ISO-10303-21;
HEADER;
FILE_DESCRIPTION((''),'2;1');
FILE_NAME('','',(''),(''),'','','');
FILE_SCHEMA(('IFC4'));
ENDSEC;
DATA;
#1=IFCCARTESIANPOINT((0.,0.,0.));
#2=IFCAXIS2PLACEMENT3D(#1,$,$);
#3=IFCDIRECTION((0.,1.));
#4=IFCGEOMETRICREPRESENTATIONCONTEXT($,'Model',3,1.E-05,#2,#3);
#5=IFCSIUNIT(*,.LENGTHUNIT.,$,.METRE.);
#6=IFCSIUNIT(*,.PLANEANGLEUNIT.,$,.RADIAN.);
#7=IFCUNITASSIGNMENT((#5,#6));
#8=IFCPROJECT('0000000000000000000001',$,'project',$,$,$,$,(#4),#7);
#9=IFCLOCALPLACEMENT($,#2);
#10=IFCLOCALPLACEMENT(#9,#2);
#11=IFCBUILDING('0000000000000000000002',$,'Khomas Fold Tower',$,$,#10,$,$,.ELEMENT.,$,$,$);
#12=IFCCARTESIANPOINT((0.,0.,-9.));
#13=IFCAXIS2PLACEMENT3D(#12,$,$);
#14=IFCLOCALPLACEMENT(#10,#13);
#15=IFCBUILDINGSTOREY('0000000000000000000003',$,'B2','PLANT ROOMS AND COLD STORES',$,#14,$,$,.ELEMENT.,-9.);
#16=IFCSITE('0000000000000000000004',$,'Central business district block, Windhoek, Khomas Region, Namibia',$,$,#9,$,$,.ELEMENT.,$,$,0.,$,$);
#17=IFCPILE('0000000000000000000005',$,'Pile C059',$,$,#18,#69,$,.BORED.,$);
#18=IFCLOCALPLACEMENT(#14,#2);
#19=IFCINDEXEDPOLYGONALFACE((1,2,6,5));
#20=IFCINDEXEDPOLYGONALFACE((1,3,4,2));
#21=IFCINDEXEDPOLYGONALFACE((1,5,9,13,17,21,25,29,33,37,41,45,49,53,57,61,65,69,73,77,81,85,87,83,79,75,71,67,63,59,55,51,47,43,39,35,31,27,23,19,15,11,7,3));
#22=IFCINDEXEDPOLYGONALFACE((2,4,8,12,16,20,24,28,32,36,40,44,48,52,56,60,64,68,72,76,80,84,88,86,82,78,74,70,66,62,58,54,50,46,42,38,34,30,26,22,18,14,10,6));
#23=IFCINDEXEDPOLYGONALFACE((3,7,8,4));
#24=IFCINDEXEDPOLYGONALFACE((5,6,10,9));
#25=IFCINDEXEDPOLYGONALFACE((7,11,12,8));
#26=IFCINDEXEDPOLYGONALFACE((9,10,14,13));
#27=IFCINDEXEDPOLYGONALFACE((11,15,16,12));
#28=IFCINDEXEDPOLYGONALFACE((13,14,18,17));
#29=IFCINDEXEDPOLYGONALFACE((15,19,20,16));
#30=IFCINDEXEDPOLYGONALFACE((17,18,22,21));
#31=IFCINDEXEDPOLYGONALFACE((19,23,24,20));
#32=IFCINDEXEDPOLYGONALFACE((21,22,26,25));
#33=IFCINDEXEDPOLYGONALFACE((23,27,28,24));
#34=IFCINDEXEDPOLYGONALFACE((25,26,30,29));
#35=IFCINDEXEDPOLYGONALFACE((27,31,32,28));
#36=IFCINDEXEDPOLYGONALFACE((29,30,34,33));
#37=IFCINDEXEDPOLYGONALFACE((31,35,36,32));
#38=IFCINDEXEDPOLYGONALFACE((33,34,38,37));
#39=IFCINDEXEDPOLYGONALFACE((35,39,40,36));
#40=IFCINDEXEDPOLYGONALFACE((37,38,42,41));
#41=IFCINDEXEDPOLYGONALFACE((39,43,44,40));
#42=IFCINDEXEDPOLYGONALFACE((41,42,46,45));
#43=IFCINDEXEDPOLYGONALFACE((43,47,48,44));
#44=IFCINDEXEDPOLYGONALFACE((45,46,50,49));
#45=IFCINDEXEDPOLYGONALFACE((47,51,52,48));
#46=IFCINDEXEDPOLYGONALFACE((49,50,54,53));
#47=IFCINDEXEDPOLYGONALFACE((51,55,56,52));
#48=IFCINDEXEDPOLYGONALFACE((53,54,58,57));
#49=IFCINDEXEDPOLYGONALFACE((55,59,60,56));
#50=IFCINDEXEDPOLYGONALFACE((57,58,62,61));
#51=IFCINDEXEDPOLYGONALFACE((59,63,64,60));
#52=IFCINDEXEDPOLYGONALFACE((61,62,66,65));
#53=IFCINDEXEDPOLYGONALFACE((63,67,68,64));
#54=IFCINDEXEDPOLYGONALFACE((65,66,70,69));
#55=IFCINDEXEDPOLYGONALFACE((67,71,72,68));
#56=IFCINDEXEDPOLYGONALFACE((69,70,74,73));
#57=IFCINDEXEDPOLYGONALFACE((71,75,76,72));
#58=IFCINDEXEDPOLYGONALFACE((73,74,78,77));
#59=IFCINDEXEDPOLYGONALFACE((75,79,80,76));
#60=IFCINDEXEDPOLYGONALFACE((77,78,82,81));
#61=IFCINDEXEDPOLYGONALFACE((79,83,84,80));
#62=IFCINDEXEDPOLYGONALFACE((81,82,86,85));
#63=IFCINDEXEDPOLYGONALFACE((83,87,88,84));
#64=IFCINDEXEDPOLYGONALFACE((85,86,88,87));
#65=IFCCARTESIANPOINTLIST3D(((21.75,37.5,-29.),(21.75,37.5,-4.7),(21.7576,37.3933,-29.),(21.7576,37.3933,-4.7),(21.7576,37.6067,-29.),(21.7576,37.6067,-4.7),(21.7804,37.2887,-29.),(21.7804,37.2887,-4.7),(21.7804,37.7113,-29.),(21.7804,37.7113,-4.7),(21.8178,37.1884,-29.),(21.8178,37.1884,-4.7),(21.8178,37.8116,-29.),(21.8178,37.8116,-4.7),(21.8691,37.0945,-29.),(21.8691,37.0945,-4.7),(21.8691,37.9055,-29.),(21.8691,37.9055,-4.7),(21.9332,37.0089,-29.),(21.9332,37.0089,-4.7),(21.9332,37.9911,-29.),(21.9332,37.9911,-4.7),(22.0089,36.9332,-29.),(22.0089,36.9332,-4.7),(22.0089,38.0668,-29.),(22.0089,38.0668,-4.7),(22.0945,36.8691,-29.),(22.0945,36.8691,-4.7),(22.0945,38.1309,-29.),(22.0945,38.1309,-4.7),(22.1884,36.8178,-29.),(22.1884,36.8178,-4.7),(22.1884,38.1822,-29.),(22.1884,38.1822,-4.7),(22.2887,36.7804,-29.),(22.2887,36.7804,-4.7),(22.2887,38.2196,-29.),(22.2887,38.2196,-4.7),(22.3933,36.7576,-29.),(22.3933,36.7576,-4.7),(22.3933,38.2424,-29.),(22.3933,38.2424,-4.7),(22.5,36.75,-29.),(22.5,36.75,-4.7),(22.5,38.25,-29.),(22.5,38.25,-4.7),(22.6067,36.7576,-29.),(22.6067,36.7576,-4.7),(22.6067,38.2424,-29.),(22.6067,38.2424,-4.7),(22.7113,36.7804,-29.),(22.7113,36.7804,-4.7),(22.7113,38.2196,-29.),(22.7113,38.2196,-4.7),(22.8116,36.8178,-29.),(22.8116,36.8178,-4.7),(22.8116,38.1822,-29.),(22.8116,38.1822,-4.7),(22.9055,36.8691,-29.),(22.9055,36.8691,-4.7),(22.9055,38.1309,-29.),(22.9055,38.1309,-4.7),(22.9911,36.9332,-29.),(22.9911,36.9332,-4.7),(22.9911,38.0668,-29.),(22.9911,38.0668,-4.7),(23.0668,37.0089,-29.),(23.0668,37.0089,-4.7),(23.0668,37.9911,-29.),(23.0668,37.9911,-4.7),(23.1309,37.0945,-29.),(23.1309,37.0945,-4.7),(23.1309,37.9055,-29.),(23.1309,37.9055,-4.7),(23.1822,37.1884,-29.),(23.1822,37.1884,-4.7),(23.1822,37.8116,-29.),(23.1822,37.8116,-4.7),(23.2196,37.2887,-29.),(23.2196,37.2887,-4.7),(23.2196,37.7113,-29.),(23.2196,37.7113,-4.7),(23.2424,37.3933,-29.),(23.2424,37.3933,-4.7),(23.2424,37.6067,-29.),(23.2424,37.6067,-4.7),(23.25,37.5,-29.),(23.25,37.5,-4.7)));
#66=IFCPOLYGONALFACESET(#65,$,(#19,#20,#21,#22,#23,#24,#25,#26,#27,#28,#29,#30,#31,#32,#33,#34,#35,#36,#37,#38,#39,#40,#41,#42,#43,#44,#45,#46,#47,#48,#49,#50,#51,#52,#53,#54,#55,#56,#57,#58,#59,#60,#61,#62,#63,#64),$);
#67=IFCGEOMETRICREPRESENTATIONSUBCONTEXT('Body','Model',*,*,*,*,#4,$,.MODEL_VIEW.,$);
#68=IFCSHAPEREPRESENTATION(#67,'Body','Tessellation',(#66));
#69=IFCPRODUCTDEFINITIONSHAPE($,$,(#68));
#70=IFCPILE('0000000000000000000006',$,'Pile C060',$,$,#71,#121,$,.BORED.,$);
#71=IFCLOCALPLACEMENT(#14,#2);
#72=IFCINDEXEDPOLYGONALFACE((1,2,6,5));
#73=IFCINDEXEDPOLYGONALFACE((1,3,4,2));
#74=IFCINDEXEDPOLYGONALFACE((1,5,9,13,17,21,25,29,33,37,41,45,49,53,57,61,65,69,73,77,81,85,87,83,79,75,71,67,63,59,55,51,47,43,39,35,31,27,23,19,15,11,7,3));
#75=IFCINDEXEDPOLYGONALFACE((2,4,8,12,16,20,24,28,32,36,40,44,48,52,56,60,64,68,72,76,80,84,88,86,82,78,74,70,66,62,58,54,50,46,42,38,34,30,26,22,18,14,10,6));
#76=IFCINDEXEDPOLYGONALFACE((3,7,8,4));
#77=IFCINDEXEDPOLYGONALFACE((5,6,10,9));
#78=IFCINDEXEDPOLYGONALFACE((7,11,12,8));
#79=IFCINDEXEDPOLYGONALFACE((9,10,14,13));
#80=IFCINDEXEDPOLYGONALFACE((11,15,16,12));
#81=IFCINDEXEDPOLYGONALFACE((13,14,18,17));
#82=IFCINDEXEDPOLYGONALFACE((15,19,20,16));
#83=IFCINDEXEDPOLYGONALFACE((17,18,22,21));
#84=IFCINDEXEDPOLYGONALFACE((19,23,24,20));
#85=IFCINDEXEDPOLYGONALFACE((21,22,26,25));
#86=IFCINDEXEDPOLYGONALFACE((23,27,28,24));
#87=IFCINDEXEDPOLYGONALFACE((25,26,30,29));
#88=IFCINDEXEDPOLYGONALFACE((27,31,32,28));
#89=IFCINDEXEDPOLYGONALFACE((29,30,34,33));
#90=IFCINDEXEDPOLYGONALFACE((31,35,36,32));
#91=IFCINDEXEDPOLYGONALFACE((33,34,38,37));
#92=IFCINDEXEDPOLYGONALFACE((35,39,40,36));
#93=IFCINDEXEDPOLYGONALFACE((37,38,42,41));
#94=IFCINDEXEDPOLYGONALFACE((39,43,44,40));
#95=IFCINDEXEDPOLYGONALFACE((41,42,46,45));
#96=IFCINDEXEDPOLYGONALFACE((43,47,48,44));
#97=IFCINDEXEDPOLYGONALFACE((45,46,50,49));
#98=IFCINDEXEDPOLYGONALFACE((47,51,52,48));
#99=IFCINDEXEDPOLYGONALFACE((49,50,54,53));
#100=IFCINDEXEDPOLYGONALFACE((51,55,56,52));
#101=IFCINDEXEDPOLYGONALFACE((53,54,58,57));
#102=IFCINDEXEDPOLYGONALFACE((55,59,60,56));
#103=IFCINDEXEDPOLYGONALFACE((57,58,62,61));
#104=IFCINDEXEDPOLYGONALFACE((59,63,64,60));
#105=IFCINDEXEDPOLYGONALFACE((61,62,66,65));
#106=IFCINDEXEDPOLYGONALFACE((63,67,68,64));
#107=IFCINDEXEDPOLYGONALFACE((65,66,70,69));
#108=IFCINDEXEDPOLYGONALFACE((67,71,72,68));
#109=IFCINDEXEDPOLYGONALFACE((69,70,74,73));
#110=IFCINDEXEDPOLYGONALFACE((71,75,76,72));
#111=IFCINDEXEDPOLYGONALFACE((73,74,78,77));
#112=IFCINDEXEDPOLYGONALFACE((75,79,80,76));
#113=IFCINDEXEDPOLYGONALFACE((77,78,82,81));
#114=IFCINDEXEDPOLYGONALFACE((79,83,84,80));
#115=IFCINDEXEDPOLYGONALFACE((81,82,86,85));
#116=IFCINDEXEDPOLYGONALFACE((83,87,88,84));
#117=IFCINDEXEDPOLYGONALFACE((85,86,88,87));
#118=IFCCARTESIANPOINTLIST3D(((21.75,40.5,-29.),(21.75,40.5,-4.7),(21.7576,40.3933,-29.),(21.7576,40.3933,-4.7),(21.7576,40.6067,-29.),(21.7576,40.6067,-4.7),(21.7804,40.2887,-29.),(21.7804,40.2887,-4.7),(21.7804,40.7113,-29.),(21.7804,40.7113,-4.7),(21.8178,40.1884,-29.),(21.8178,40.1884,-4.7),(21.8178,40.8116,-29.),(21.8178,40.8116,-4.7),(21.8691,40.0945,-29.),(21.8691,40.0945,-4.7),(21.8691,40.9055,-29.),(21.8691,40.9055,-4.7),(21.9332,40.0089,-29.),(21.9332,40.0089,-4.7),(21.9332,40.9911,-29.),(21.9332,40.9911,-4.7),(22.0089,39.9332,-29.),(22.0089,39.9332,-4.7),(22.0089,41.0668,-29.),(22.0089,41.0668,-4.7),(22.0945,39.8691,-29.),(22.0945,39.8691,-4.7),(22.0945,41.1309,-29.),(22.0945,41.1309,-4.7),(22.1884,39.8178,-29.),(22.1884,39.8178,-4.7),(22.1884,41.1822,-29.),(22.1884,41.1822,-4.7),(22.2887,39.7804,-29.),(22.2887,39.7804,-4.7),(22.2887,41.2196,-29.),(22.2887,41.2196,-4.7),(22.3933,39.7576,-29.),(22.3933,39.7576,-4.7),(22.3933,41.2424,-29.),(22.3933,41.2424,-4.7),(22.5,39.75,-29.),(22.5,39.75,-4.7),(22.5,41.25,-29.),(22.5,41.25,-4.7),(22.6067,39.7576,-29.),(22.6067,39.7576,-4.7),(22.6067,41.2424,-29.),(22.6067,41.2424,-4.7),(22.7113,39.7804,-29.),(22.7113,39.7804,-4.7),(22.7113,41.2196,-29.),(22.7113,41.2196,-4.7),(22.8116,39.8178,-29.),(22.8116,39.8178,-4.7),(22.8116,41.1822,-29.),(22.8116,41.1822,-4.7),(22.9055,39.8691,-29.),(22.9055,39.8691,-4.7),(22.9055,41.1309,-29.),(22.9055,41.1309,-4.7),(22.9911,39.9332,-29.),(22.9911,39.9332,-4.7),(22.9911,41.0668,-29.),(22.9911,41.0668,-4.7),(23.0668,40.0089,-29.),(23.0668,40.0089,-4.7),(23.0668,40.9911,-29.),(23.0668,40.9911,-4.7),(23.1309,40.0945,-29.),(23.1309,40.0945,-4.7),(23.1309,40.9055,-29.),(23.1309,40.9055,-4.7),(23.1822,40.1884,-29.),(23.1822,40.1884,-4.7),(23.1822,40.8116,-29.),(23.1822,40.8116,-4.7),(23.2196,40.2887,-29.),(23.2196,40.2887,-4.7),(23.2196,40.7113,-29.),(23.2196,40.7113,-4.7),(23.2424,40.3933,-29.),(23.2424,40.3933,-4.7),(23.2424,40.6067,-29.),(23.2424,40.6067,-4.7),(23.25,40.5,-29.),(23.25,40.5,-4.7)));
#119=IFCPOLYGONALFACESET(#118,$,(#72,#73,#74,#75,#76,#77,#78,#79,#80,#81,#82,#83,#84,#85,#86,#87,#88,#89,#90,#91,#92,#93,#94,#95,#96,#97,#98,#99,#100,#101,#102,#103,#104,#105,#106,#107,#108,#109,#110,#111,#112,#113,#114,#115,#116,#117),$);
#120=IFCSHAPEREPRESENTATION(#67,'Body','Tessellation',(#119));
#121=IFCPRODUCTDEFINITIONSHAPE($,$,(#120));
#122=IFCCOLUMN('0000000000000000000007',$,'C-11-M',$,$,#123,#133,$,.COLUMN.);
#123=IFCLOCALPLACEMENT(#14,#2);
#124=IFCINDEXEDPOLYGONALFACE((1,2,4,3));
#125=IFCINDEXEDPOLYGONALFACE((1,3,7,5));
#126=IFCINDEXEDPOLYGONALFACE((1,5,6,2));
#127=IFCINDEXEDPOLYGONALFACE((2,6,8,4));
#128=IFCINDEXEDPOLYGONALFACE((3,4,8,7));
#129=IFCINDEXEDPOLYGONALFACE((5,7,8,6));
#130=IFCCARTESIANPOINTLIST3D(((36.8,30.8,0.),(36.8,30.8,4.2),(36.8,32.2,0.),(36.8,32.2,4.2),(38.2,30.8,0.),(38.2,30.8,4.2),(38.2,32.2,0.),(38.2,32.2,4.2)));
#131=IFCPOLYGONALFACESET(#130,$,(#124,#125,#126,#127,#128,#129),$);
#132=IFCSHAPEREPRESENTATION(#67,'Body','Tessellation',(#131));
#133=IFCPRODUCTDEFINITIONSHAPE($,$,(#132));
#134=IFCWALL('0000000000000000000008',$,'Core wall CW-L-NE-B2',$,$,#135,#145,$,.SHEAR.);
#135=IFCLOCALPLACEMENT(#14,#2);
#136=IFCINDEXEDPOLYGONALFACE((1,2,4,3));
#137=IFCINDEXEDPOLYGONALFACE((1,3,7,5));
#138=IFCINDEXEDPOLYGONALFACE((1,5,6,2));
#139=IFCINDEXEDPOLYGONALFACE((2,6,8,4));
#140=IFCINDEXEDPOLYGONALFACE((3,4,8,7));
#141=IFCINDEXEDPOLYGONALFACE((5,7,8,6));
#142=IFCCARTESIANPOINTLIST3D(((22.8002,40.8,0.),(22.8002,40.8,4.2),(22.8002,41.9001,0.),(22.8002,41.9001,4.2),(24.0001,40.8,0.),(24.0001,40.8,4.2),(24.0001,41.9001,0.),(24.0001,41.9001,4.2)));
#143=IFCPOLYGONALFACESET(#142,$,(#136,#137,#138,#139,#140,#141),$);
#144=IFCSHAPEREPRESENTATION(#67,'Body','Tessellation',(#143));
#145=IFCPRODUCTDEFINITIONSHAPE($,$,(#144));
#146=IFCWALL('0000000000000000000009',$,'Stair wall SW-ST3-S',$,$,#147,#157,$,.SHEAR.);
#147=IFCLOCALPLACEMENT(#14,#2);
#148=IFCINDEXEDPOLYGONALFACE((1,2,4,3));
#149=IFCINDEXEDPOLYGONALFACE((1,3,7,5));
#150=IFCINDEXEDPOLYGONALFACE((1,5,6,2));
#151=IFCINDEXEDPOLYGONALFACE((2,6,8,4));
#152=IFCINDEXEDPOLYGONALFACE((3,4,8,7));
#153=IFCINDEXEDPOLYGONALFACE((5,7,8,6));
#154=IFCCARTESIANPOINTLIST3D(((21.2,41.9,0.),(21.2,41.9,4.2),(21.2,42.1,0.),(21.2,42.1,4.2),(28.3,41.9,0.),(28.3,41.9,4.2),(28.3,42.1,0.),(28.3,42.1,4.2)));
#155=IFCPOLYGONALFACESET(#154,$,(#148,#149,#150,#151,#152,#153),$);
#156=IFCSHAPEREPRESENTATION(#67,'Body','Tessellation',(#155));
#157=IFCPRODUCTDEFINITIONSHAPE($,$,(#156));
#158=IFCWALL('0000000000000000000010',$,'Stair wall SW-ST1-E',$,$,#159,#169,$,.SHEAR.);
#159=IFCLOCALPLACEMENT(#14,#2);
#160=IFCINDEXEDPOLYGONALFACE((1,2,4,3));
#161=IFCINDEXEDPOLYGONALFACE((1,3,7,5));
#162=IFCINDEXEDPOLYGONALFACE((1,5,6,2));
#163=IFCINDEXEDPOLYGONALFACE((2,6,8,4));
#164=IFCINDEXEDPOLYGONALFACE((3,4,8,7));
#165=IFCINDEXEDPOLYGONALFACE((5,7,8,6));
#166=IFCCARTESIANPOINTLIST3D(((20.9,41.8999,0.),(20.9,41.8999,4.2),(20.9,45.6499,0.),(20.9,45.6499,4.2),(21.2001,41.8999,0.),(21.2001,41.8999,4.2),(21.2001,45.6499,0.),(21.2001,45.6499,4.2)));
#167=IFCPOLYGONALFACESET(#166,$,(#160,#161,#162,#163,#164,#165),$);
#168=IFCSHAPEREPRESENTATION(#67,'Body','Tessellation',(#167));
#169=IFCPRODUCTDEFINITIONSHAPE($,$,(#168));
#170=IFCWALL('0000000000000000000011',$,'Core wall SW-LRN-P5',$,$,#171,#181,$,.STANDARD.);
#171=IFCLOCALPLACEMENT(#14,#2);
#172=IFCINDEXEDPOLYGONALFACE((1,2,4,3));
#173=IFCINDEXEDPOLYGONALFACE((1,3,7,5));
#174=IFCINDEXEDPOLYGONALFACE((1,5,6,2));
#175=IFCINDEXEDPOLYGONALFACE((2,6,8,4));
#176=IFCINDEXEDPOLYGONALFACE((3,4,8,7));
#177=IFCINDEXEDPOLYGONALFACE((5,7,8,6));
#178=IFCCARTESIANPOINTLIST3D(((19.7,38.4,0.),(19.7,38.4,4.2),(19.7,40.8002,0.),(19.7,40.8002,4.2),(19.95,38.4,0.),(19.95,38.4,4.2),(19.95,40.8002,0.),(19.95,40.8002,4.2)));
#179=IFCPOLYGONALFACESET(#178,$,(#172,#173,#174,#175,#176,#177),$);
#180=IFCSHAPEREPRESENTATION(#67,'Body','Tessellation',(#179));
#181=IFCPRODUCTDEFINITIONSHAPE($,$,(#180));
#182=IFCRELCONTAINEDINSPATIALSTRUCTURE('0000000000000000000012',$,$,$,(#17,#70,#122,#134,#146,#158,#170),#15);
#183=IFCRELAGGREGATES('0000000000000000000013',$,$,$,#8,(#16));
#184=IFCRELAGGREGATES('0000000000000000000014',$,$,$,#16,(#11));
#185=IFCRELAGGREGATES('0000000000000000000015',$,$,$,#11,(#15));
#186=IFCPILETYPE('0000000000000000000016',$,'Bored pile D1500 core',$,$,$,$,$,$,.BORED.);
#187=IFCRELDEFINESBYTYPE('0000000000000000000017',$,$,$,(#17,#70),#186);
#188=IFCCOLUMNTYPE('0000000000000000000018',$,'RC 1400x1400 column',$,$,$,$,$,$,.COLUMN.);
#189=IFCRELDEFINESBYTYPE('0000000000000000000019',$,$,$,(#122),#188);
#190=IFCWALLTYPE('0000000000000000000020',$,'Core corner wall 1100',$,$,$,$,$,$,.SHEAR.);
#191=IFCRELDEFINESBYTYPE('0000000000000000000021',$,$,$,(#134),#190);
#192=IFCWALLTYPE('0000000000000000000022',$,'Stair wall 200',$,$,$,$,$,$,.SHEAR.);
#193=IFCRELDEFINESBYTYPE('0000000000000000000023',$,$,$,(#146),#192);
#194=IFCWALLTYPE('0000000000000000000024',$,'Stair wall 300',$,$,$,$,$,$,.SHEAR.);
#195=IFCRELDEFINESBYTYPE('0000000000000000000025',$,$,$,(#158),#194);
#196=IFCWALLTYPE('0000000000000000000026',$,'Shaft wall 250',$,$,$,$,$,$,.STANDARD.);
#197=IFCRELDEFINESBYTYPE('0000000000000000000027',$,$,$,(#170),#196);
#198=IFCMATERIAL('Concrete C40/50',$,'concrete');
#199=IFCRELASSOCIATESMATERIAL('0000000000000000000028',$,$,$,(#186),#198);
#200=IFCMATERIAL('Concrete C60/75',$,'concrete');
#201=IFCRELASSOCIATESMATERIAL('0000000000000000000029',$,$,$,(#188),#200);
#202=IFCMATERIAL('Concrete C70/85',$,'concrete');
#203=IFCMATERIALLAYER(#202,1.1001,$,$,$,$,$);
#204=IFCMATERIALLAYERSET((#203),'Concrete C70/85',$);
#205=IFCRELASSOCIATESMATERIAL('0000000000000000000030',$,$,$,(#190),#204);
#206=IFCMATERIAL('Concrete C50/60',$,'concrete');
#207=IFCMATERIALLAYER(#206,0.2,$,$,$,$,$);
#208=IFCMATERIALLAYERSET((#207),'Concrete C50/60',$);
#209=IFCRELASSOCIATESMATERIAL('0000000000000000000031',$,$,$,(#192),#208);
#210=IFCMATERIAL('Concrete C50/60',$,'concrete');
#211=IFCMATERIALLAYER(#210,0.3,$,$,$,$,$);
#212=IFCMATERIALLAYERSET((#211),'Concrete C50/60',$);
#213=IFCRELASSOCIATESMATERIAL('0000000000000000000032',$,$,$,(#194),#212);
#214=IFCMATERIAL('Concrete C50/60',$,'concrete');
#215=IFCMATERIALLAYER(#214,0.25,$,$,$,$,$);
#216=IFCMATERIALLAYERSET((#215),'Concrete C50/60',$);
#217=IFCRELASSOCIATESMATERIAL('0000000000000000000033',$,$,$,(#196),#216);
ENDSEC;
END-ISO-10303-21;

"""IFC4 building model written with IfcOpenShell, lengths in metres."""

from ifc_helpers import new_model, si_unit, direction, frame, frame_2d, origin, origin_2d, place, context, subcontext, project, spatial, rectangle, circle, extrude, source, transform, mapped, material, layer, layer_set, material_profile, profile_set, type_object, element, save


model = new_model("IFC4")

# Units and contexts
model_context = context("Model", 3, precision=1e-05, world=origin(), true_north=direction((0.0, 1.0)))
body_context = subcontext(model_context, "Body", "Model", "MODEL_VIEW")
ifc_project = project(units=[si_unit("LENGTHUNIT", "METRE"), si_unit("PLANEANGLEUNIT", "RADIAN")], contexts=[model_context])

# Site, building, storey
site_placement = place(None, origin())
site = spatial("IfcSite", under=ifc_project, at=site_placement, Name="Central business district block, Windhoek, Khomas Region, Namibia", CompositionType="ELEMENT", RefElevation=0.0)
building_placement = place(site_placement, origin())
building = spatial("IfcBuilding", under=site, at=building_placement, Name="Khomas Fold Tower", CompositionType="ELEMENT")
storey_placement = place(building_placement, frame((0.0, 0.0, -9.0)))
storey = spatial("IfcBuildingStorey", under=building, at=storey_placement, Name="B2", Description="PLANT ROOMS AND COLD STORES", CompositionType="ELEMENT", Elevation=-9.0)

# Piles
ifc_material_1 = material(Name="Concrete C40/50", Category="concrete")
ifc_material_profile_1 = material_profile(ifc_material_1, circle(Radius=0.75, at=origin_2d()), Name="PILE D1500")
ifc_profile_set_1 = profile_set([ifc_material_profile_1], Name="Concrete C40/50")
pile_type_1 = type_object("IfcPileType", Name="Bored pile D1500 core", PredefinedType="BORED", material=ifc_profile_set_1)
shared_shape_1 = source(origin(), body_context, "Body", "SweptSolid", [
    extrude(circle(Radius=0.75, at=origin_2d()), origin(), (0.0, 0.0, 1.0), 24.3),
])
for number, where, z_axis, x_axis, name in (
    (1, (22.5, 37.5, -4.7), (0.0, 0.0, -1.0), (1.0, 0.0, 0.0), "Pile C059"),
    (2, (22.5, 40.5, -4.7), (0.0, 0.0, -1.0), (1.0, 0.0, 0.0), "Pile C060"),
):
    element("IfcPile", number, at=place(storey_placement, frame(where, z_axis=z_axis, x_axis=x_axis)), inside=storey, type_object=pile_type_1, Name=name, PredefinedType="BORED", context=body_context, shape_type="MappedRepresentation", body=[
        mapped(shared_shape_1, transform((0.0, 0.0, 0.0))),
    ])

# Column
ifc_material_2 = material(Name="Concrete C60/75", Category="concrete")
ifc_material_profile_2 = material_profile(ifc_material_2, rectangle(XDim=1.3999, YDim=1.3999, at=origin_2d()), Name="RC 1400x1400")
ifc_profile_set_2 = profile_set([ifc_material_profile_2], Name="Concrete C60/75")
column_type = type_object("IfcColumnType", Name="RC 1400x1400 column", PredefinedType="COLUMN", material=ifc_profile_set_2)
shared_shape_2 = source(origin(), body_context, "Body", "SweptSolid", [
    extrude(rectangle(XDim=1.3999, YDim=1.3999, at=origin_2d()), origin(), (0.0, 0.0, 1.0), 4.2),
])
column_placement = place(storey_placement, frame((37.5, 31.5, 0.0), z_axis=(0.0, 0.0, 1.0), x_axis=(1.0, 0.0, 0.0)))
element("IfcColumn", 3, at=column_placement, inside=storey, type_object=column_type, Name="C-11-M", PredefinedType="COLUMN", context=body_context, shape_type="MappedRepresentation", body=[
    mapped(shared_shape_2, transform((0.0, 0.0, 0.0))),
])

# Walls
ifc_material_3 = material(Name="Concrete C70/85", Category="concrete")
ifc_layer_1 = layer(ifc_material_3, 1.1001)
ifc_layer_set_1 = layer_set([ifc_layer_1], Name="Concrete C70/85")
wall_type_1 = type_object("IfcWallType", Name="Core corner wall 1100", PredefinedType="SHEAR", material=ifc_layer_set_1)
shared_shape_3 = source(origin(), body_context, "Body", "SweptSolid", [
    extrude(rectangle(XDim=1.2, YDim=1.1001, at=frame_2d((0.6001, 0.0))), origin(), (0.0, 0.0, 1.0), 4.2),
])
wall_1_placement = place(storey_placement, frame((22.8, 41.3501, 0.0), z_axis=(0.0, 0.0, 1.0), x_axis=(1.0, 0.0, 0.0)))
element("IfcWall", 4, at=wall_1_placement, inside=storey, type_object=wall_type_1, Name="Core wall CW-L-NE-B2", PredefinedType="SHEAR", context=body_context, shape_type="MappedRepresentation", body=[
    mapped(shared_shape_3, transform((0.0, 0.0, 0.0))),
])
ifc_material_4 = material(Name="Concrete C50/60", Category="concrete")
ifc_layer_2 = layer(ifc_material_4, 0.2)
ifc_layer_set_2 = layer_set([ifc_layer_2], Name="Concrete C50/60")
wall_type_2 = type_object("IfcWallType", Name="Stair wall 200", PredefinedType="SHEAR", material=ifc_layer_set_2)
shared_shape_4 = source(origin(), body_context, "Body", "SweptSolid", [
    extrude(rectangle(XDim=7.1001, YDim=0.2, at=frame_2d((3.55, 0.0))), origin(), (0.0, 0.0, 1.0), 4.2),
])
wall_2_placement = place(storey_placement, frame((21.2, 42.0, 0.0), z_axis=(0.0, 0.0, 1.0), x_axis=(1.0, 0.0, 0.0)))
element("IfcWall", 5, at=wall_2_placement, inside=storey, type_object=wall_type_2, Name="Stair wall SW-ST3-S", PredefinedType="SHEAR", context=body_context, shape_type="MappedRepresentation", body=[
    mapped(shared_shape_4, transform((0.0, 0.0, 0.0))),
])
ifc_material_5 = material(Name="Concrete C50/60", Category="concrete")
ifc_layer_3 = layer(ifc_material_5, 0.3)
ifc_layer_set_3 = layer_set([ifc_layer_3], Name="Concrete C50/60")
wall_type_3 = type_object("IfcWallType", Name="Stair wall 300", PredefinedType="SHEAR", material=ifc_layer_set_3)
shared_shape_5 = source(origin(), body_context, "Body", "SweptSolid", [
    extrude(rectangle(XDim=3.75, YDim=0.3, at=frame_2d((1.875, 0.0))), origin(), (0.0, 0.0, 1.0), 4.2),
])
wall_3_placement = place(storey_placement, frame((21.05, 41.8999, 0.0), z_axis=(0.0, 0.0, 1.0), x_axis=(0.0, 1.0, 0.0)))
element("IfcWall", 6, at=wall_3_placement, inside=storey, type_object=wall_type_3, Name="Stair wall SW-ST1-E", PredefinedType="SHEAR", context=body_context, shape_type="MappedRepresentation", body=[
    mapped(shared_shape_5, transform((0.0, 0.0, 0.0))),
])
ifc_material_6 = material(Name="Concrete C50/60", Category="concrete")
ifc_layer_4 = layer(ifc_material_6, 0.25)
ifc_layer_set_4 = layer_set([ifc_layer_4], Name="Concrete C50/60")
wall_type_4 = type_object("IfcWallType", Name="Shaft wall 250", PredefinedType="STANDARD", material=ifc_layer_set_4)
shared_shape_6 = source(origin(), body_context, "Body", "SweptSolid", [
    extrude(rectangle(XDim=2.4001, YDim=0.25, at=frame_2d((1.2002, 0.0))), origin(), (0.0, 0.0, 1.0), 4.2),
])
for number, where, z_axis, x_axis, name in (
    (7, (19.825, 38.3999, 0.0), (0.0, 0.0, 1.0), (0.0, 1.0, 0.0), "Core wall SW-LRN-P5"),
):
    element("IfcWall", number, at=place(storey_placement, frame(where, z_axis=z_axis, x_axis=x_axis)), inside=storey, type_object=wall_type_4, Name=name, PredefinedType="STANDARD", context=body_context, shape_type="MappedRepresentation", body=[
        mapped(shared_shape_6, transform((0.0, 0.0, 0.0))),
    ])

save(model, "model.ifc")
